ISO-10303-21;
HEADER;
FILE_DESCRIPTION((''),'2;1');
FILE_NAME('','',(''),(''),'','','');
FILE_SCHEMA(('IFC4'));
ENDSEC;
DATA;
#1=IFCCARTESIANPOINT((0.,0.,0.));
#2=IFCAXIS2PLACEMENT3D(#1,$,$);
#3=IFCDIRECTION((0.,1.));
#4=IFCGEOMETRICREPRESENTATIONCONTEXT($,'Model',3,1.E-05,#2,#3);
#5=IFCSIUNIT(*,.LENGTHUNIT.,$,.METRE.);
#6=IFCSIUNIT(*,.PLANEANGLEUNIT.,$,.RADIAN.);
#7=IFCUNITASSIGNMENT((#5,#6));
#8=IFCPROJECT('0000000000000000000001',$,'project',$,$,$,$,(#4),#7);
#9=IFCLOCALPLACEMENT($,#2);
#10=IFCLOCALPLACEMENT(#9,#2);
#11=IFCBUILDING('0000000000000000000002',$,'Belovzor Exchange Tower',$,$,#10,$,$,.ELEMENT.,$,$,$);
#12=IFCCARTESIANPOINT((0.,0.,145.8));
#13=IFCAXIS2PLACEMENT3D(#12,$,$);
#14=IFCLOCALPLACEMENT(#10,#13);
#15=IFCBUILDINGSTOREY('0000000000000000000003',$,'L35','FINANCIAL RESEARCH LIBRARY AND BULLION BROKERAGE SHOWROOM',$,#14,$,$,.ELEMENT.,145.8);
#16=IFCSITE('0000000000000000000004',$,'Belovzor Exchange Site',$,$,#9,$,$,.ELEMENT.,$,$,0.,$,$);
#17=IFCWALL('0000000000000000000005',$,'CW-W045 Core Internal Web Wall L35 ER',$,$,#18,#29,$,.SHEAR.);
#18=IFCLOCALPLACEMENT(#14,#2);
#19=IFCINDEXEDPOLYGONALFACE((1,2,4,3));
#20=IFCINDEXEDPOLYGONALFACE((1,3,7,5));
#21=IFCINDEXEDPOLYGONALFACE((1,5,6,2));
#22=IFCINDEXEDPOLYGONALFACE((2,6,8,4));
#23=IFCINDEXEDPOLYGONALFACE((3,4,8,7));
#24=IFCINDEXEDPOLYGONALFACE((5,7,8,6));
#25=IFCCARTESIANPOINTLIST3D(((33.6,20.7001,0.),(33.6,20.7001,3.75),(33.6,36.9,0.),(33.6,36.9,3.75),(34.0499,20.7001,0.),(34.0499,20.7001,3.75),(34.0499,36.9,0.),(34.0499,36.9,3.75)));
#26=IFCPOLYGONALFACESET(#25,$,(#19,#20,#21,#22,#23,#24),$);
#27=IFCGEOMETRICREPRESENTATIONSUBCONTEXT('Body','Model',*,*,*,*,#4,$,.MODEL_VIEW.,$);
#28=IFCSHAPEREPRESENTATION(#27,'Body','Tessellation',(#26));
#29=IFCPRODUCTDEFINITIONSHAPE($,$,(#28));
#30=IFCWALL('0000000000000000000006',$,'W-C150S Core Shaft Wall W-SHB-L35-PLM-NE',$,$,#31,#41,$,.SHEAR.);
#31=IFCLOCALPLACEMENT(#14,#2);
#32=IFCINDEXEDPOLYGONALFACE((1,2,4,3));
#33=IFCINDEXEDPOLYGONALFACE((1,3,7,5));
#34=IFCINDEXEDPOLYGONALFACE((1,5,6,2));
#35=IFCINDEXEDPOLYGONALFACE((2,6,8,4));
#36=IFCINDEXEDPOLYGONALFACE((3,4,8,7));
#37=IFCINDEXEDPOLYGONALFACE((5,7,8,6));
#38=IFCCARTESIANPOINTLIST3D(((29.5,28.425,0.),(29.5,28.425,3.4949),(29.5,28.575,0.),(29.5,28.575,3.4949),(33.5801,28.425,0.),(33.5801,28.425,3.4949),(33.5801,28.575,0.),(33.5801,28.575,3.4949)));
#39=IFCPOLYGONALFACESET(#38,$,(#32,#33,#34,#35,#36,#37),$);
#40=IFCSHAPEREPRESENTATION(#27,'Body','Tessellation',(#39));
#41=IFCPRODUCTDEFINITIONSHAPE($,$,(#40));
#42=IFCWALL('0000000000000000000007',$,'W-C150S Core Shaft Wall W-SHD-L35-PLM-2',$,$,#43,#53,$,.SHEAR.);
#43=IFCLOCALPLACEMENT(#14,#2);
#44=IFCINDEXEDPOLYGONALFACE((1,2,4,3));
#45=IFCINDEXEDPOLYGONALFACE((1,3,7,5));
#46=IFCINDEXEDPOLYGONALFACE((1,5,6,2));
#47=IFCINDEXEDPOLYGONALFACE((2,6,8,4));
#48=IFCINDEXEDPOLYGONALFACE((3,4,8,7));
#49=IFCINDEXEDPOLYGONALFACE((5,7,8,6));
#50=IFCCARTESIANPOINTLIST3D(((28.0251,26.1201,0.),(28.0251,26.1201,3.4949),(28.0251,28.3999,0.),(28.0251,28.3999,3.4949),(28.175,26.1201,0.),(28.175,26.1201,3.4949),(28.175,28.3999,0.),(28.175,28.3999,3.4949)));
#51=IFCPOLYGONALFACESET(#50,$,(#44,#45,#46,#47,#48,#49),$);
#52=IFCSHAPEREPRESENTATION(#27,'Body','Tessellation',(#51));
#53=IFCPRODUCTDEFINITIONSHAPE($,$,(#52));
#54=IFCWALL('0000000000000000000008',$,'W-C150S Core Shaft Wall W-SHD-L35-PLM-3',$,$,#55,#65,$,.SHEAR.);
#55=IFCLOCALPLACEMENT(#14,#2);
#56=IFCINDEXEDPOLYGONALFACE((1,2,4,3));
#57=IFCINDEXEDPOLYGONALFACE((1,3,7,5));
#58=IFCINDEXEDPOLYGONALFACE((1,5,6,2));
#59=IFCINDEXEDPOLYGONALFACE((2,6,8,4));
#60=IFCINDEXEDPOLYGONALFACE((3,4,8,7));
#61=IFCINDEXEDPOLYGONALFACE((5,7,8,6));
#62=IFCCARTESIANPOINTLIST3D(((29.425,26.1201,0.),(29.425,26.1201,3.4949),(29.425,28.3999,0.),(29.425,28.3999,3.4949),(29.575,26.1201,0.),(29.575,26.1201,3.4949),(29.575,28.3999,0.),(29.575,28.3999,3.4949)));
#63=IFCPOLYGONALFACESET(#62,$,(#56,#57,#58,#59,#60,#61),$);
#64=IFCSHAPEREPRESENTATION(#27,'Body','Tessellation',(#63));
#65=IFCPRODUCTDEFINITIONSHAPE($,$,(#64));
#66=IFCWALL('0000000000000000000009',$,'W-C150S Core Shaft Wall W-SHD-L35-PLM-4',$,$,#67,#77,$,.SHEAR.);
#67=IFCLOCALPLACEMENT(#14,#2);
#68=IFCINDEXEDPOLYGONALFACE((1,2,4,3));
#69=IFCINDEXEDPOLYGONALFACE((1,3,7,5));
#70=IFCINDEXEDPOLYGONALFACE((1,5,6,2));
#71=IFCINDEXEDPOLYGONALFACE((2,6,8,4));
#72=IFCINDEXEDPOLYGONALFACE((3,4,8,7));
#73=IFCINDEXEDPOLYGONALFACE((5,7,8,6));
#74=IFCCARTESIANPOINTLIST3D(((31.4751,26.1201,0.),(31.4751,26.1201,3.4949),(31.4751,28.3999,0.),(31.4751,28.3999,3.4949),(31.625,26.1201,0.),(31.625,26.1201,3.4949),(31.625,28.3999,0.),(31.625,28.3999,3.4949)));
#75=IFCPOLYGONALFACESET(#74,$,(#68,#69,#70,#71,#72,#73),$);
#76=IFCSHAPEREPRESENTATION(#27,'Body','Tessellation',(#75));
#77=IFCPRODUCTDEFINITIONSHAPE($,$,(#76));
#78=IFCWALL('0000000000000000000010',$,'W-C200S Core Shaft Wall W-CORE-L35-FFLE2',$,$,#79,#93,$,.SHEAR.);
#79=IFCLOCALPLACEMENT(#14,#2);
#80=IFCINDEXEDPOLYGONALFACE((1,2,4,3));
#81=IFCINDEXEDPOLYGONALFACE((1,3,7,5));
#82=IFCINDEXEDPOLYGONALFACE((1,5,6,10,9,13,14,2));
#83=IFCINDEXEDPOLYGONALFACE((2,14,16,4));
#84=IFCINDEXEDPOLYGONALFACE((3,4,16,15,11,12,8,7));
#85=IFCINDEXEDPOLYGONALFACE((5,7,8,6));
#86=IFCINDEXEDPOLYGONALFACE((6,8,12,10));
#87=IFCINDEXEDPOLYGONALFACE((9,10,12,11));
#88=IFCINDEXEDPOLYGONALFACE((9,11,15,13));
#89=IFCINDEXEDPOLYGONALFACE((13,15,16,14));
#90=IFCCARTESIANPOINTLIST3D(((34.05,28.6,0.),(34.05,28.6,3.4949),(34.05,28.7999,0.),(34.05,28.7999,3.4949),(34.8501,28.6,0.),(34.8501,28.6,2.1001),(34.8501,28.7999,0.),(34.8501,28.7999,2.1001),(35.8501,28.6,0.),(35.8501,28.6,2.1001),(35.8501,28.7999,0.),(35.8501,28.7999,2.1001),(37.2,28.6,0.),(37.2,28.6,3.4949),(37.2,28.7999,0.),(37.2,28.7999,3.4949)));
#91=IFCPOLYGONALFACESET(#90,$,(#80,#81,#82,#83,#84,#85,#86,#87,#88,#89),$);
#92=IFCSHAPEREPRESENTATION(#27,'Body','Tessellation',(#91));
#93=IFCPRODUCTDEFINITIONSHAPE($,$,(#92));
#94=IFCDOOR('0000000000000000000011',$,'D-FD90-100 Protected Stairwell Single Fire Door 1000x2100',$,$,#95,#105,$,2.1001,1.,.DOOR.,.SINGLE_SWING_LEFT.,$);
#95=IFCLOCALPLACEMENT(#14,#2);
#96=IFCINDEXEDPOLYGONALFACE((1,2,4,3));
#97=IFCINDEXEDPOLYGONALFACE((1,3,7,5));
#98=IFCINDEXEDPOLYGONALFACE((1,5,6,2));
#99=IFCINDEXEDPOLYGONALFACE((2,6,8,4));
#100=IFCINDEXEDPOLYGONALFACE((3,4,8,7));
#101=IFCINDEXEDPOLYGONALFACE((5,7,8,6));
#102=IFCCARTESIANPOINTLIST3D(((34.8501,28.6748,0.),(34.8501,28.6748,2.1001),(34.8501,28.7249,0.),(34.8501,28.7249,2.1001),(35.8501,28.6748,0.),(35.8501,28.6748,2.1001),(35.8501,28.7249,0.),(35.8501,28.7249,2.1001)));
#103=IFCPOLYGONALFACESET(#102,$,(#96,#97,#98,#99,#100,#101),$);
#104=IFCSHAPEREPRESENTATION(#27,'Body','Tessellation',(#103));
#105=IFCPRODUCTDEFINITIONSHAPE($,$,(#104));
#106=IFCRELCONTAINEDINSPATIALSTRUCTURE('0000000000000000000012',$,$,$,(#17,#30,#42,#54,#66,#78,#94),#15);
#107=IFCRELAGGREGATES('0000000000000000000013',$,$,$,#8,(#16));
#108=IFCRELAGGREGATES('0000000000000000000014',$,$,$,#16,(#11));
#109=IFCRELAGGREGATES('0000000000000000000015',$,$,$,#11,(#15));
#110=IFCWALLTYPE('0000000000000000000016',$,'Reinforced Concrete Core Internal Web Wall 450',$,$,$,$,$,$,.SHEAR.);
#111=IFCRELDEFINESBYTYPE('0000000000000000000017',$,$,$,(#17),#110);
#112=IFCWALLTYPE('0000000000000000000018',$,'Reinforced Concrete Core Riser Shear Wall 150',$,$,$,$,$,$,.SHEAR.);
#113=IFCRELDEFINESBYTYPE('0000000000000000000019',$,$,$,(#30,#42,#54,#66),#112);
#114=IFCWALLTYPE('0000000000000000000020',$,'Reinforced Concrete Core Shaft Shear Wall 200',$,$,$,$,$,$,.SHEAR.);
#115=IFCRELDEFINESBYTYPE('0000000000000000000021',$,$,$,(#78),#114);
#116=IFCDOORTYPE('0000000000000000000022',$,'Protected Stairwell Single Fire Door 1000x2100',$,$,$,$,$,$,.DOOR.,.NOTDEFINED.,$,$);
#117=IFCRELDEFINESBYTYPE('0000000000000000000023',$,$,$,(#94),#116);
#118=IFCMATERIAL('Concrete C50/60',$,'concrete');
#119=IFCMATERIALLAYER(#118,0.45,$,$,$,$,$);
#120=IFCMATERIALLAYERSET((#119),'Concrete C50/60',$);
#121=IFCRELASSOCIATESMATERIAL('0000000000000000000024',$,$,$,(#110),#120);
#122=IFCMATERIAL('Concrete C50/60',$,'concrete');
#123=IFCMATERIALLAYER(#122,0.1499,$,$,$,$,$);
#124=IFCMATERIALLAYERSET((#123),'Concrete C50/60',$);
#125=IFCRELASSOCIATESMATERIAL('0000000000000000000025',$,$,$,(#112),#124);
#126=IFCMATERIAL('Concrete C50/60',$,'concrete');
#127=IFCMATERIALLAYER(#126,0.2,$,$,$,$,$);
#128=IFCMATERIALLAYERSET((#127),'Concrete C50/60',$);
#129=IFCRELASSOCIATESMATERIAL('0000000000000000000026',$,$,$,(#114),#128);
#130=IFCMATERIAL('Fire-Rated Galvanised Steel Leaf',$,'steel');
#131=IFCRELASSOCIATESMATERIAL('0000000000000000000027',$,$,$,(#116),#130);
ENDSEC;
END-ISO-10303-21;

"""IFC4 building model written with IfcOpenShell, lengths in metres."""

from ifc_helpers import new_model, si_unit, direction, frame, frame_2d, origin, place, context, subcontext, project, spatial, rectangle, extrude, material, layer, layer_set, type_object, element, fill, save


model = new_model("IFC4")

# Units and contexts
model_context = context("Model", 3, precision=1e-05, world=origin(), true_north=direction((0.0, 1.0)))
body_context = subcontext(model_context, "Body", "Model", "MODEL_VIEW")
ifc_project = project(units=[si_unit("LENGTHUNIT", "METRE"), si_unit("PLANEANGLEUNIT", "RADIAN")], contexts=[model_context])

# Site, building, storey
site_placement = place(None, origin())
site = spatial("IfcSite", under=ifc_project, at=site_placement, Name="Belovzor Exchange Site", CompositionType="ELEMENT", RefElevation=0.0)
building_placement = place(site_placement, origin())
building = spatial("IfcBuilding", under=site, at=building_placement, Name="Belovzor Exchange Tower", CompositionType="ELEMENT")
storey_placement = place(building_placement, frame((0.0, 0.0, 145.8)))
storey = spatial("IfcBuildingStorey", under=building, at=storey_placement, Name="L35", Description="FINANCIAL RESEARCH LIBRARY AND BULLION BROKERAGE SHOWROOM", CompositionType="ELEMENT", Elevation=145.8)

# Walls
ifc_material_1 = material(Name="Concrete C50/60", Category="concrete")
ifc_layer_1 = layer(ifc_material_1, 0.45)
ifc_layer_set_1 = layer_set([ifc_layer_1], Name="Concrete C50/60")
wall_type_1 = type_object("IfcWallType", Name="Reinforced Concrete Core Internal Web Wall 450", PredefinedType="SHEAR", material=ifc_layer_set_1)
wall_1_placement = place(storey_placement, frame((33.825, 20.7, 0.0), z_axis=(0.0, 0.0, 1.0), x_axis=(0.0, 1.0, 0.0)))
element("IfcWall", 1, at=wall_1_placement, inside=storey, type_object=wall_type_1, Name="CW-W045 Core Internal Web Wall L35 ER", PredefinedType="SHEAR", context=body_context, shape_type="SweptSolid", body=[
    extrude(rectangle(XDim=16.2, YDim=0.45, at=frame_2d((8.1001, 0.0))), origin(), (0.0, 0.0, 1.0), 3.75),
])
ifc_material_2 = material(Name="Concrete C50/60", Category="concrete")
ifc_layer_2 = layer(ifc_material_2, 0.1499)
ifc_layer_set_2 = layer_set([ifc_layer_2], Name="Concrete C50/60")
wall_type_2 = type_object("IfcWallType", Name="Reinforced Concrete Core Riser Shear Wall 150", PredefinedType="SHEAR", material=ifc_layer_set_2)
wall_2_placement = place(storey_placement, frame((29.5, 28.5, 0.0), z_axis=(0.0, 0.0, 1.0), x_axis=(1.0, 0.0, 0.0)))
element("IfcWall", 2, at=wall_2_placement, inside=storey, type_object=wall_type_2, Name="W-C150S Core Shaft Wall W-SHB-L35-PLM-NE", PredefinedType="SHEAR", context=body_context, shape_type="SweptSolid", body=[
    extrude(rectangle(XDim=4.0801, YDim=0.1499, at=frame_2d((2.04, 0.0))), origin(), (0.0, 0.0, 1.0), 3.4949),
])
for number, where, z_axis, x_axis, name in (
    (3, (28.1001, 26.1201, 0.0), (0.0, 0.0, 1.0), (0.0, 1.0, 0.0), "W-C150S Core Shaft Wall W-SHD-L35-PLM-2"),
    (4, (29.5, 26.1201, 0.0), (0.0, 0.0, 1.0), (0.0, 1.0, 0.0), "W-C150S Core Shaft Wall W-SHD-L35-PLM-3"),
    (5, (31.55, 26.1201, 0.0), (0.0, 0.0, 1.0), (0.0, 1.0, 0.0), "W-C150S Core Shaft Wall W-SHD-L35-PLM-4"),
):
    element("IfcWall", number, at=place(storey_placement, frame(where, z_axis=z_axis, x_axis=x_axis)), inside=storey, type_object=wall_type_2, Name=name, PredefinedType="SHEAR", context=body_context, shape_type="SweptSolid", body=[
        extrude(rectangle(XDim=2.2798, YDim=0.1499, at=frame_2d((1.1399, 0.0))), origin(), (0.0, 0.0, 1.0), 3.4949),
    ])

# Wall, opening, door
ifc_material_3 = material(Name="Concrete C50/60", Category="concrete")
ifc_layer_3 = layer(ifc_material_3, 0.2)
ifc_layer_set_3 = layer_set([ifc_layer_3], Name="Concrete C50/60")
wall_type_3 = type_object("IfcWallType", Name="Reinforced Concrete Core Shaft Shear Wall 200", PredefinedType="SHEAR", material=ifc_layer_set_3)
wall_3_placement = place(storey_placement, frame((34.05, 28.7, 0.0), z_axis=(0.0, 0.0, 1.0), x_axis=(1.0, 0.0, 0.0)))
wall_3 = element("IfcWall", 6, at=wall_3_placement, inside=storey, type_object=wall_type_3, Name="W-C200S Core Shaft Wall W-CORE-L35-FFLE2", PredefinedType="SHEAR", context=body_context, shape_type="SweptSolid", body=[
    extrude(rectangle(XDim=3.1499, YDim=0.2, at=frame_2d((1.575, 0.0))), origin(), (0.0, 0.0, 1.0), 3.4949),
])
opening_1_placement = place(wall_3_placement, frame((0.8, 0.0, 0.0)))
opening_1 = element("IfcOpeningElement", 7, at=opening_1_placement, cuts=wall_3, PredefinedType="OPENING", context=body_context, shape_type="SweptSolid", body=[
    extrude(rectangle(XDim=1.0, YDim=2.1001, at=frame_2d((0.5, 1.05))), frame((0.0, 0.1099, 0.0), z_axis=(0.0, -1.0, 0.0), x_axis=(1.0, 0.0, 0.0)), (0.0, 0.0, 1.0), 0.22),
])
ifc_material_4 = material(Name="Fire-Rated Galvanised Steel Leaf", Category="steel")
door_type_1 = type_object("IfcDoorType", Name="Protected Stairwell Single Fire Door 1000x2100", OperationType="NOTDEFINED", PredefinedType="DOOR", material=ifc_material_4)
door_1_placement = place(opening_1_placement, origin())
door_1 = element("IfcDoor", 8, at=door_1_placement, inside=storey, type_object=door_type_1, Name="D-FD90-100 Protected Stairwell Single Fire Door 1000x2100", OperationType="SINGLE_SWING_LEFT", OverallHeight=2.1001, OverallWidth=1.0, PredefinedType="DOOR", context=body_context, shape_type="SweptSolid", body=[
    extrude(rectangle(XDim=1.0, YDim=2.1001, at=frame_2d((0.5, 1.05))), frame((0.0, 0.0249, 0.0), z_axis=(0.0, -1.0, 0.0), x_axis=(1.0, 0.0, 0.0)), (0.0, 0.0, 1.0), 0.05),
])
fill(opening_1, door_1)

save(model, "model.ifc")
